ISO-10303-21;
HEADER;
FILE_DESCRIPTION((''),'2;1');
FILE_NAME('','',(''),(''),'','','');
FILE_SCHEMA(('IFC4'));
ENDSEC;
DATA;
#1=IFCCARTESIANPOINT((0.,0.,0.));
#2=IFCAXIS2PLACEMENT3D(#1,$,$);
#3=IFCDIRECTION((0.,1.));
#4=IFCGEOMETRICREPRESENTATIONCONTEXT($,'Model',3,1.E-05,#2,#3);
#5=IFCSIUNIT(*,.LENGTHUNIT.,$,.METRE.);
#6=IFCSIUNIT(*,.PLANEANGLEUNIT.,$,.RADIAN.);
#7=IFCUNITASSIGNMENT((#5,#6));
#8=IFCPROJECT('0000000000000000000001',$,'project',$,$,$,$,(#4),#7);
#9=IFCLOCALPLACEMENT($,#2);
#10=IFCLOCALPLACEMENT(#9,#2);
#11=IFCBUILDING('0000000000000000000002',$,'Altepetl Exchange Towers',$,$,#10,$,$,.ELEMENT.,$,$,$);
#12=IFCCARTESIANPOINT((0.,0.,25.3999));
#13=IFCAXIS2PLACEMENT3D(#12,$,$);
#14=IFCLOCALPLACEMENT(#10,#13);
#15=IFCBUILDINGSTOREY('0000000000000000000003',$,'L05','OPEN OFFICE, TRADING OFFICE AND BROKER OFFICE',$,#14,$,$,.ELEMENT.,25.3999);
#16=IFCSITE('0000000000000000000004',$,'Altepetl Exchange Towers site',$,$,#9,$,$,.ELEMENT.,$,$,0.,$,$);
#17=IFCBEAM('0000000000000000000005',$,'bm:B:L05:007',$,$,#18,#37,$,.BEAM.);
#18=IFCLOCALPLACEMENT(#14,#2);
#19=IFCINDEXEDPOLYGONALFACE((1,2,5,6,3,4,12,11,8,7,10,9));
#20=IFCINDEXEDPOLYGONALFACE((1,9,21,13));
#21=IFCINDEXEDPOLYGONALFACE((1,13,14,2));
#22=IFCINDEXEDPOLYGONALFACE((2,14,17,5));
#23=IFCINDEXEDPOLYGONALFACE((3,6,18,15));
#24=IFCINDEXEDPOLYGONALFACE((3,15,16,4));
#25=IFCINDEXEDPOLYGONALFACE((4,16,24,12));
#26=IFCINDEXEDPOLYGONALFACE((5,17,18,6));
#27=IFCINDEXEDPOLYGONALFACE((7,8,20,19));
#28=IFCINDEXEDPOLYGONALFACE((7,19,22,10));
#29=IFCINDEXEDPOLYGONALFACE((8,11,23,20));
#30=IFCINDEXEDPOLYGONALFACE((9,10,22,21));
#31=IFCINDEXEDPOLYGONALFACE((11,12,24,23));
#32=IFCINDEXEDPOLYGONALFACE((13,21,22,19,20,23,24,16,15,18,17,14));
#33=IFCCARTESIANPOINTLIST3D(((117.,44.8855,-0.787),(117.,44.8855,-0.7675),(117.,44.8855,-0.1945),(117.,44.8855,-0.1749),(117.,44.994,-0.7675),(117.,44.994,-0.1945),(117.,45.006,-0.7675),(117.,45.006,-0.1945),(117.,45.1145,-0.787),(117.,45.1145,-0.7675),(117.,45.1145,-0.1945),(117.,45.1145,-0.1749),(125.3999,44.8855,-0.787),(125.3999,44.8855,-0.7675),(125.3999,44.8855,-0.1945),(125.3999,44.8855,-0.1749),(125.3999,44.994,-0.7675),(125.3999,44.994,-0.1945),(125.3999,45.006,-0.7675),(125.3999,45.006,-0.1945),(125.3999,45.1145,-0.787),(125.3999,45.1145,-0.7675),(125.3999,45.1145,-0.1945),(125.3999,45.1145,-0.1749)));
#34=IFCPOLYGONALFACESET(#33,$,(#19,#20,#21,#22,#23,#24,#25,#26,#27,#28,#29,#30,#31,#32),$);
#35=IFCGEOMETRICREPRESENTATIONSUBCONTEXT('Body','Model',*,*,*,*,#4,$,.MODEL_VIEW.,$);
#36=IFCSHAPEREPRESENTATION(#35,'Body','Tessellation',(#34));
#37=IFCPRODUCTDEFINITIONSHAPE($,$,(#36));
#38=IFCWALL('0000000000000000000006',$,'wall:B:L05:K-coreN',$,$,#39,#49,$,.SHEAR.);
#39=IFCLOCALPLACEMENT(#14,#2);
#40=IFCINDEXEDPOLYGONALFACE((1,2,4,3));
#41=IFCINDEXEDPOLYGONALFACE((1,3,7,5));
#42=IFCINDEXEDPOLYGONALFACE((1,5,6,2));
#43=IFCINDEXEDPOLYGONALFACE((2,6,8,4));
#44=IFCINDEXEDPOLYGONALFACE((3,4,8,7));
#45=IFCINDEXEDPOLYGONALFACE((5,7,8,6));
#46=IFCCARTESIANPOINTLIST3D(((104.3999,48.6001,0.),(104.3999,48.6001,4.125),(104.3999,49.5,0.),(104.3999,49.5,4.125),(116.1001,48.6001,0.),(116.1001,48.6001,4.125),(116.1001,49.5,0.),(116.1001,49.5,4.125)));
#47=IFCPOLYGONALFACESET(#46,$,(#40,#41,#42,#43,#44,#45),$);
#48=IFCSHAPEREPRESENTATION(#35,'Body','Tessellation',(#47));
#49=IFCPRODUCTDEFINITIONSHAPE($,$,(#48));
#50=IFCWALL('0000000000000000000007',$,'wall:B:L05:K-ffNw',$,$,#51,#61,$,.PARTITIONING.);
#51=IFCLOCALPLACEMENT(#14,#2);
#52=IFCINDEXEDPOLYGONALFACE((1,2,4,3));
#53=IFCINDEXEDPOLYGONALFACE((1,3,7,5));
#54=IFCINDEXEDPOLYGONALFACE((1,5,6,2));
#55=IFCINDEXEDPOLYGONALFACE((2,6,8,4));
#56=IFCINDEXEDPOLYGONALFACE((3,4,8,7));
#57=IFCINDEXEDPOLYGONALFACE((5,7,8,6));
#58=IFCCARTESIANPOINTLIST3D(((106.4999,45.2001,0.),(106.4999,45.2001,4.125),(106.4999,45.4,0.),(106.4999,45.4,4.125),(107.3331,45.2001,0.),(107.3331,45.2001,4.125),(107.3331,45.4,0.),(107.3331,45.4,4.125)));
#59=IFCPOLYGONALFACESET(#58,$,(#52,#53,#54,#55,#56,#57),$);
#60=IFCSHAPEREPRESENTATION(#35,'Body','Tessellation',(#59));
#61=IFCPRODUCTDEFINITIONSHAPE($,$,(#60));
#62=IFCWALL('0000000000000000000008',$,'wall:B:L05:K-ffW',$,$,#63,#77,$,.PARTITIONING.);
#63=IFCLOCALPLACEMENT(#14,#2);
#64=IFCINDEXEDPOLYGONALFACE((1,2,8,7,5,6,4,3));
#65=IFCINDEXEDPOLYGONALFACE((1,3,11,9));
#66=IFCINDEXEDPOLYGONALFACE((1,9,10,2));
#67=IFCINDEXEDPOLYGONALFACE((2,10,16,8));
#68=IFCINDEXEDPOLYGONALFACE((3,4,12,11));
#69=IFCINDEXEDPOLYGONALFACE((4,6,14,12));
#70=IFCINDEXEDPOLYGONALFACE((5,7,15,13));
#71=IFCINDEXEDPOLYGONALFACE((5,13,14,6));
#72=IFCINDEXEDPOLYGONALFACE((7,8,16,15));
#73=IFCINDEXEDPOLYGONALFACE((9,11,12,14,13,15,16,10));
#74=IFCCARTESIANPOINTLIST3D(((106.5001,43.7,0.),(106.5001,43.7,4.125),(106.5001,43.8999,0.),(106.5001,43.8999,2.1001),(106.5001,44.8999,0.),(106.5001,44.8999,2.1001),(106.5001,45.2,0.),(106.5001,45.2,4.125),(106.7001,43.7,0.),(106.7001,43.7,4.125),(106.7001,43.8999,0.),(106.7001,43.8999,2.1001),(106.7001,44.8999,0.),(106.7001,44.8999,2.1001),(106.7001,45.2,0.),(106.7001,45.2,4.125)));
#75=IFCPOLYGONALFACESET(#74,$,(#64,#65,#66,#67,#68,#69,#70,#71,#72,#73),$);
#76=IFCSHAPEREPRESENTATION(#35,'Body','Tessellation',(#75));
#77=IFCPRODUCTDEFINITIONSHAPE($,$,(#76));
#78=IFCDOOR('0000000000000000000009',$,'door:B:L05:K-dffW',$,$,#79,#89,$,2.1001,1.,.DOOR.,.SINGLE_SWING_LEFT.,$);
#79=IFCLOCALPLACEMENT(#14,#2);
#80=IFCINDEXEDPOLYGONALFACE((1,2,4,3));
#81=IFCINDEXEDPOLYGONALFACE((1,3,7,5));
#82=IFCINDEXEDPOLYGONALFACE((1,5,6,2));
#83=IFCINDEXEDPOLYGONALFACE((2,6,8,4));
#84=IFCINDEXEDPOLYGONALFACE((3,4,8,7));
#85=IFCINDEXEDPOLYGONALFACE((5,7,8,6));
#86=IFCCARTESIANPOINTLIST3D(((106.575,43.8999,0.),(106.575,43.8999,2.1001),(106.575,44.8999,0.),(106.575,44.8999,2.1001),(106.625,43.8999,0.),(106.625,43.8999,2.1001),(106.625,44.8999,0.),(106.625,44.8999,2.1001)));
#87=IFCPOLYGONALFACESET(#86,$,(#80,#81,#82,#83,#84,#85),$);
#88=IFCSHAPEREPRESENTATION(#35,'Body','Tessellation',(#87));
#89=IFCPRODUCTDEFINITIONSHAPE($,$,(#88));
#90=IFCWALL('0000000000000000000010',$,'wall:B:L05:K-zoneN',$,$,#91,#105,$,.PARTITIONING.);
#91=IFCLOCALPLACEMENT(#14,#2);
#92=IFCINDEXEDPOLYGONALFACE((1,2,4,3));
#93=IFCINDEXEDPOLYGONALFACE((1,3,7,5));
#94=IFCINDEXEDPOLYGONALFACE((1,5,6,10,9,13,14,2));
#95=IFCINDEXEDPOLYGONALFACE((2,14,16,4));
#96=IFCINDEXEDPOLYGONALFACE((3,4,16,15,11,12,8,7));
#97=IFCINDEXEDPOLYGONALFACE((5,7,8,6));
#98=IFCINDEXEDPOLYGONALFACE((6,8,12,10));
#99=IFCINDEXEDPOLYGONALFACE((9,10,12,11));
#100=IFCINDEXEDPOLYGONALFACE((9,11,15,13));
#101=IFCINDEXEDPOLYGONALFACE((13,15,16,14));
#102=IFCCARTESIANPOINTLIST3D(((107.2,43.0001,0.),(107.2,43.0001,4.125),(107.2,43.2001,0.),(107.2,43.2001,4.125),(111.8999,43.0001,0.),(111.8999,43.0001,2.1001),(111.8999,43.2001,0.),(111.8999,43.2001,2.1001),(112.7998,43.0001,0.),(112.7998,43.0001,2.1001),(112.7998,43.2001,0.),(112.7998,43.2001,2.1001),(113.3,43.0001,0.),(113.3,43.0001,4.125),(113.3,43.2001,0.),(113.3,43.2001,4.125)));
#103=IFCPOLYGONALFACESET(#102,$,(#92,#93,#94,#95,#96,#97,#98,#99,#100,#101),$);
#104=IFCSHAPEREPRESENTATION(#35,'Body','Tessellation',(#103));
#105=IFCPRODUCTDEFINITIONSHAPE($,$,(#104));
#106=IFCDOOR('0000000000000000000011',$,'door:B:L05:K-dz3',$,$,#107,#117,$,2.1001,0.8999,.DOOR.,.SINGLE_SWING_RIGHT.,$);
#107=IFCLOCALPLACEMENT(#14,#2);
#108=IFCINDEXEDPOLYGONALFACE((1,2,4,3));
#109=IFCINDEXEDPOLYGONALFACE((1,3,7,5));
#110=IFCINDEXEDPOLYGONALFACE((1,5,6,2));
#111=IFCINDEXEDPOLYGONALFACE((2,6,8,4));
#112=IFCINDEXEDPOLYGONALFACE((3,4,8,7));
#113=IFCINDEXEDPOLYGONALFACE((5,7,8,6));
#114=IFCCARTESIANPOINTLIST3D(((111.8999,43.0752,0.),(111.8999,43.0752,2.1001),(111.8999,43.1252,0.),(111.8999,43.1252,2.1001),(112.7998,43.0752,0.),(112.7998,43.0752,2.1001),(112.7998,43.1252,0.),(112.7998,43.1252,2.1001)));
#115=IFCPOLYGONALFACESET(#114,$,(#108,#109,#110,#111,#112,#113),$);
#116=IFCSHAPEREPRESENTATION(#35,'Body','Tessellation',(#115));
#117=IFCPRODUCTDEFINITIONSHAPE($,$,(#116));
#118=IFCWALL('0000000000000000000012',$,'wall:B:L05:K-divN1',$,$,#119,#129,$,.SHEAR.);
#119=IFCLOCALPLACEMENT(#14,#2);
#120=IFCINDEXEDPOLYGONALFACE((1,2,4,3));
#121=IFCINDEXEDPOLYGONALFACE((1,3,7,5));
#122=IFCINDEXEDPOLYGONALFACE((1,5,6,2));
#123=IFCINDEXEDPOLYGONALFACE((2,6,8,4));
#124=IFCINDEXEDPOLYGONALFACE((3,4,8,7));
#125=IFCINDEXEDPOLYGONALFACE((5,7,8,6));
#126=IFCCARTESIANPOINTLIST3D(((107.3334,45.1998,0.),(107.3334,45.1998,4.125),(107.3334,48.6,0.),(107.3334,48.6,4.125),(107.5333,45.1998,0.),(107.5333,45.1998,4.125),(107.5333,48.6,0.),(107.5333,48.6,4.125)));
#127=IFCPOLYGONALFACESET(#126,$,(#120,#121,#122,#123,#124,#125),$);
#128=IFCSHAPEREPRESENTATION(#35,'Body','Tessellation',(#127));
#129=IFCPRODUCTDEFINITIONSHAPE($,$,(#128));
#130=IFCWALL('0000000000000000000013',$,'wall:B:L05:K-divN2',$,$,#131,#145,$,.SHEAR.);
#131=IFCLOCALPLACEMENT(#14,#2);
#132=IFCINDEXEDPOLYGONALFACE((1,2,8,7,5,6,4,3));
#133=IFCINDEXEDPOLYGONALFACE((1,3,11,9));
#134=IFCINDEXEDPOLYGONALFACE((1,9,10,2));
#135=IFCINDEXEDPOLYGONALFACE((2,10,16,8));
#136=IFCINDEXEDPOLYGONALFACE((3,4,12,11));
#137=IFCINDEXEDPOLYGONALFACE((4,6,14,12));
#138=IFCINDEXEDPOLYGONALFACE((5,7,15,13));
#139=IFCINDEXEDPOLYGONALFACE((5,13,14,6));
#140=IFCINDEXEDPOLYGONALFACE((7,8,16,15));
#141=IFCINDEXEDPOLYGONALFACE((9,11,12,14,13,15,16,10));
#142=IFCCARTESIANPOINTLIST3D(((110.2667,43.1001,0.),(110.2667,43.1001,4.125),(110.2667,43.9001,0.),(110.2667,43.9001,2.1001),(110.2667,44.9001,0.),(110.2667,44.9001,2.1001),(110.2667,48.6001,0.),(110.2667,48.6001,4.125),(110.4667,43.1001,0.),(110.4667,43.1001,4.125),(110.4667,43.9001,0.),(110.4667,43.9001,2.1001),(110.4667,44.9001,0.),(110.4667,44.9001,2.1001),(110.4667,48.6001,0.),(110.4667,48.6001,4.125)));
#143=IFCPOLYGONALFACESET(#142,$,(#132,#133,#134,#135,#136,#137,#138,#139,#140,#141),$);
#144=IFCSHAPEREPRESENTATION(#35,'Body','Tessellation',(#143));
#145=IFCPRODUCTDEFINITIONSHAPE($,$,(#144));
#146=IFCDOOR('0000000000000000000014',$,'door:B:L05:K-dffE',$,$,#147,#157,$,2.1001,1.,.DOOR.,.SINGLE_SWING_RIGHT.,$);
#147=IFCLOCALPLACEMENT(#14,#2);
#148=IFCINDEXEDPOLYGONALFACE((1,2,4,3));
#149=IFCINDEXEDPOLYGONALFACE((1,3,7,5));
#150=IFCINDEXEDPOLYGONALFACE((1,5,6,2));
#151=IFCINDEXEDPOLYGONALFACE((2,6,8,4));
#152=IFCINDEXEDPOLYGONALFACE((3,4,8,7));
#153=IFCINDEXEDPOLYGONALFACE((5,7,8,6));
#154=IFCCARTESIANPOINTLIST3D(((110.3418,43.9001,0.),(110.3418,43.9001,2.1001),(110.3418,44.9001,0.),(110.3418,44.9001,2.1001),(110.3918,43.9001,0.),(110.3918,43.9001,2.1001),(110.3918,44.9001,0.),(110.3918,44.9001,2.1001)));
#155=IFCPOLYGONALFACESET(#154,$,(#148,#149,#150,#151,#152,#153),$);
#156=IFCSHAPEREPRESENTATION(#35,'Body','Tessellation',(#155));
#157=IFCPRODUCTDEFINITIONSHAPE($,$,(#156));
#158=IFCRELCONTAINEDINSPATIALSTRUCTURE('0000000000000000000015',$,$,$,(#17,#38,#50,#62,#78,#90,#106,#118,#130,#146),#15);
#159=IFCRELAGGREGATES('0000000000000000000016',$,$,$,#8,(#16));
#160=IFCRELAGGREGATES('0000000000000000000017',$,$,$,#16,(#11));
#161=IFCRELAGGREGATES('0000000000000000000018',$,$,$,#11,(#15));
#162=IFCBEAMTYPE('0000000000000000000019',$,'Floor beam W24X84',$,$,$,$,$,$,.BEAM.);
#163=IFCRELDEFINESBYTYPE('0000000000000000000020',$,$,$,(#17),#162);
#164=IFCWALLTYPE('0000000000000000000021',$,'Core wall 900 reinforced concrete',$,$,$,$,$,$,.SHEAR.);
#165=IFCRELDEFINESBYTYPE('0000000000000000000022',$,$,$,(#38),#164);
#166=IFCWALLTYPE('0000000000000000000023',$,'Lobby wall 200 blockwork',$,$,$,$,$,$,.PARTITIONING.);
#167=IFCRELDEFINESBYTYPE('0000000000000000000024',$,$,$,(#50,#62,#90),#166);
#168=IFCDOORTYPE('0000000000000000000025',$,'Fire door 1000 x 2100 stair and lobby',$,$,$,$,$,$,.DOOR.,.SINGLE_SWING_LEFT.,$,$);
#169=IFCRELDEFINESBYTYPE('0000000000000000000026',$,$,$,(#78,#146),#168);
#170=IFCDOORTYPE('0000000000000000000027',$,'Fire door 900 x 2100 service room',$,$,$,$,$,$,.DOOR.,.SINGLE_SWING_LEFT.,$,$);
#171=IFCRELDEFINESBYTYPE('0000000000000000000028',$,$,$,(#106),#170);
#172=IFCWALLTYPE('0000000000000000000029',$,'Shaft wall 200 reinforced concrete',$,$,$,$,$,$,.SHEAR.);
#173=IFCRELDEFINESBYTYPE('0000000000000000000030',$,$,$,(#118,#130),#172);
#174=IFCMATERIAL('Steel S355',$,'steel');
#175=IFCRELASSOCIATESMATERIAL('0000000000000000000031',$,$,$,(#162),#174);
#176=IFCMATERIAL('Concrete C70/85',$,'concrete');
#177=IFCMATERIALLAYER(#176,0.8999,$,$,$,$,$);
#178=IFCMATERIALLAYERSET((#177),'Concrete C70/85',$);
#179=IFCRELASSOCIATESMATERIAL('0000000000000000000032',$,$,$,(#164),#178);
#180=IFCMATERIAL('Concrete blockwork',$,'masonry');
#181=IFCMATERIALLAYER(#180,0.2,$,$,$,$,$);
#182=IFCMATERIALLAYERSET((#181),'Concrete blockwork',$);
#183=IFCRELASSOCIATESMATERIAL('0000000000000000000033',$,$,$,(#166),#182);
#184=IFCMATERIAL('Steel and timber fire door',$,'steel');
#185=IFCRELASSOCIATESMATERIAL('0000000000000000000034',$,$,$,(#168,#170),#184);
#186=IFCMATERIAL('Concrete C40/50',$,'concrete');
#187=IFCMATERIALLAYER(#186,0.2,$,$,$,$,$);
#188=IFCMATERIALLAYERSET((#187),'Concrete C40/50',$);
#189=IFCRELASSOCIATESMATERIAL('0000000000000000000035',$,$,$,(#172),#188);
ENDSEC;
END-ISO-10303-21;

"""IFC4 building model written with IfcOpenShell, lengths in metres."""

from ifc_helpers import new_model, si_unit, direction, frame, frame_2d, origin, origin_2d, place, context, subcontext, project, spatial, rectangle, i_section, extrude, material, layer, layer_set, material_profile, profile_set, type_object, element, fill, save


model = new_model("IFC4")

# Units and contexts
model_context = context("Model", 3, precision=1e-05, world=origin(), true_north=direction((0.0, 1.0)))
body_context = subcontext(model_context, "Body", "Model", "MODEL_VIEW")
ifc_project = project(units=[si_unit("LENGTHUNIT", "METRE"), si_unit("PLANEANGLEUNIT", "RADIAN")], contexts=[model_context])

# Site, building, storey
site_placement = place(None, origin())
site = spatial("IfcSite", under=ifc_project, at=site_placement, Name="Altepetl Exchange Towers site", CompositionType="ELEMENT", RefElevation=0.0)
building_placement = place(site_placement, origin())
building = spatial("IfcBuilding", under=site, at=building_placement, Name="Altepetl Exchange Towers", CompositionType="ELEMENT")
storey_placement = place(building_placement, frame((0.0, 0.0, 25.3999)))
storey = spatial("IfcBuildingStorey", under=building, at=storey_placement, Name="L05", Description="OPEN OFFICE, TRADING OFFICE AND BROKER OFFICE", CompositionType="ELEMENT", Elevation=25.3999)

# Beam
ifc_material_1 = material(Name="Steel S355", Category="steel")
ifc_material_profile = material_profile(ifc_material_1, i_section(OverallWidth=0.229, OverallDepth=0.6121, WebThickness=0.012, FlangeThickness=0.0195, at=origin_2d()), Name="W24X84")
ifc_profile_set = profile_set([ifc_material_profile], Name="Steel S355")
beam_type = type_object("IfcBeamType", Name="Floor beam W24X84", PredefinedType="BEAM", material=ifc_profile_set)
beam_placement = place(storey_placement, frame((117.0, 45.0, -0.481), z_axis=(1.0, 0.0, 0.0), x_axis=(0.0, 1.0, 0.0)))
element("IfcBeam", 1, at=beam_placement, inside=storey, type_object=beam_type, Name="bm:B:L05:007", PredefinedType="BEAM", context=body_context, shape_type="SweptSolid", body=[
    extrude(i_section(OverallWidth=0.229, OverallDepth=0.6121, WebThickness=0.012, FlangeThickness=0.0195, at=origin_2d()), origin(), (0.0, 0.0, 1.0), 8.3999),
])

# Walls
ifc_material_2 = material(Name="Concrete C70/85", Category="concrete")
ifc_layer_1 = layer(ifc_material_2, 0.8999)
ifc_layer_set_1 = layer_set([ifc_layer_1], Name="Concrete C70/85")
wall_type_1 = type_object("IfcWallType", Name="Core wall 900 reinforced concrete", PredefinedType="SHEAR", material=ifc_layer_set_1)
wall_1_placement = place(storey_placement, frame((104.3999, 49.05, 0.0)))
element("IfcWall", 2, at=wall_1_placement, inside=storey, type_object=wall_type_1, Name="wall:B:L05:K-coreN", PredefinedType="SHEAR", context=body_context, shape_type="SweptSolid", body=[
    extrude(rectangle(XDim=11.7002, YDim=0.8999, at=frame_2d((5.8501, 0.0))), origin(), (0.0, 0.0, 1.0), 4.125),
])
ifc_material_3 = material(Name="Concrete blockwork", Category="masonry")
ifc_layer_2 = layer(ifc_material_3, 0.2)
ifc_layer_set_2 = layer_set([ifc_layer_2], Name="Concrete blockwork")
wall_type_2 = type_object("IfcWallType", Name="Lobby wall 200 blockwork", PredefinedType="PARTITIONING", material=ifc_layer_set_2)
wall_2_placement = place(storey_placement, frame((106.5, 45.3, 0.0)))
element("IfcWall", 3, at=wall_2_placement, inside=storey, type_object=wall_type_2, Name="wall:B:L05:K-ffNw", PredefinedType="PARTITIONING", context=body_context, shape_type="SweptSolid", body=[
    extrude(rectangle(XDim=0.8333, YDim=0.2, at=frame_2d((0.4165, 0.0))), origin(), (0.0, 0.0, 1.0), 4.125),
])

# Walls, openings, doors
wall_3_placement = place(storey_placement, frame((106.6001, 43.7, 0.0), z_axis=(0.0, 0.0, 1.0), x_axis=(0.0, 1.0, 0.0)))
wall_3 = element("IfcWall", 4, at=wall_3_placement, inside=storey, type_object=wall_type_2, Name="wall:B:L05:K-ffW", PredefinedType="PARTITIONING", context=body_context, shape_type="SweptSolid", body=[
    extrude(rectangle(XDim=1.5, YDim=0.2, at=frame_2d((0.75, 0.0))), origin(), (0.0, 0.0, 1.0), 4.125),
])
opening_1_placement = place(wall_3_placement, frame((0.2, 0.0, 0.0)))
opening_1 = element("IfcOpeningElement", 5, at=opening_1_placement, cuts=wall_3, PredefinedType="OPENING", context=body_context, shape_type="SweptSolid", body=[
    extrude(rectangle(XDim=1.0, YDim=2.1001, at=frame_2d((0.5, 1.05))), frame((0.0, 0.1099, 0.0), z_axis=(0.0, -1.0, 0.0), x_axis=(1.0, 0.0, 0.0)), (0.0, 0.0, 1.0), 0.22),
])
ifc_material_4 = material(Name="Steel and timber fire door", Category="steel")
door_type_1 = type_object("IfcDoorType", Name="Fire door 1000 x 2100 stair and lobby", OperationType="SINGLE_SWING_LEFT", PredefinedType="DOOR", material=ifc_material_4)
door_1_placement = place(opening_1_placement, frame((1.0, 0.0, 0.0), x_axis=(-1.0, 0.0, 0.0)))
door_1 = element("IfcDoor", 6, at=door_1_placement, inside=storey, type_object=door_type_1, Name="door:B:L05:K-dffW", OperationType="SINGLE_SWING_LEFT", OverallHeight=2.1001, OverallWidth=1.0, PredefinedType="DOOR", context=body_context, shape_type="SweptSolid", body=[
    extrude(rectangle(XDim=1.0, YDim=2.1001, at=frame_2d((0.5, 1.05))), frame((0.0, 0.0249, 0.0), z_axis=(0.0, -1.0, 0.0), x_axis=(1.0, 0.0, 0.0)), (0.0, 0.0, 1.0), 0.05),
])
fill(opening_1, door_1)
wall_4_placement = place(storey_placement, frame((107.2, 43.1001, 0.0)))
wall_4 = element("IfcWall", 7, at=wall_4_placement, inside=storey, type_object=wall_type_2, Name="wall:B:L05:K-zoneN", PredefinedType="PARTITIONING", context=body_context, shape_type="SweptSolid", body=[
    extrude(rectangle(XDim=6.1001, YDim=0.2, at=frame_2d((3.05, 0.0))), origin(), (0.0, 0.0, 1.0), 4.125),
])
opening_2_placement = place(wall_4_placement, frame((4.7, 0.0, 0.0)))
opening_2 = element("IfcOpeningElement", 8, at=opening_2_placement, cuts=wall_4, PredefinedType="OPENING", context=body_context, shape_type="SweptSolid", body=[
    extrude(rectangle(XDim=0.8999, YDim=2.1001, at=frame_2d((0.45, 1.05))), frame((0.0, 0.1099, 0.0), z_axis=(0.0, -1.0, 0.0), x_axis=(1.0, 0.0, 0.0)), (0.0, 0.0, 1.0), 0.22),
])
door_type_2 = type_object("IfcDoorType", Name="Fire door 900 x 2100 service room", OperationType="SINGLE_SWING_LEFT", PredefinedType="DOOR", material=ifc_material_4)
door_2_placement = place(opening_2_placement, frame((0.8999, 0.0, 0.0), x_axis=(-1.0, 0.0, 0.0)))
door_2 = element("IfcDoor", 9, at=door_2_placement, inside=storey, type_object=door_type_2, Name="door:B:L05:K-dz3", OperationType="SINGLE_SWING_RIGHT", OverallHeight=2.1001, OverallWidth=0.8999, PredefinedType="DOOR", context=body_context, shape_type="SweptSolid", body=[
    extrude(rectangle(XDim=0.8999, YDim=2.1001, at=frame_2d((0.45, 1.05))), frame((0.0, 0.0249, 0.0), z_axis=(0.0, -1.0, 0.0), x_axis=(1.0, 0.0, 0.0)), (0.0, 0.0, 1.0), 0.05),
])
fill(opening_2, door_2)

# Wall
ifc_material_5 = material(Name="Concrete C40/50", Category="concrete")
ifc_layer_3 = layer(ifc_material_5, 0.2)
ifc_layer_set_3 = layer_set([ifc_layer_3], Name="Concrete C40/50")
wall_type_3 = type_object("IfcWallType", Name="Shaft wall 200 reinforced concrete", PredefinedType="SHEAR", material=ifc_layer_set_3)
wall_5_placement = place(storey_placement, frame((107.4333, 48.6001, 0.0), z_axis=(0.0, 0.0, 1.0), x_axis=(0.0, -1.0, 0.0)))
element("IfcWall", 10, at=wall_5_placement, inside=storey, type_object=wall_type_3, Name="wall:B:L05:K-divN1", PredefinedType="SHEAR", context=body_context, shape_type="SweptSolid", body=[
    extrude(rectangle(XDim=3.4001, YDim=0.2, at=frame_2d((1.7002, 0.0))), origin(), (0.0, 0.0, 1.0), 4.125),
])

# Wall, opening, door
wall_6_placement = place(storey_placement, frame((110.3667, 48.6001, 0.0), z_axis=(0.0, 0.0, 1.0), x_axis=(0.0, -1.0, 0.0)))
wall_6 = element("IfcWall", 11, at=wall_6_placement, inside=storey, type_object=wall_type_3, Name="wall:B:L05:K-divN2", PredefinedType="SHEAR", context=body_context, shape_type="SweptSolid", body=[
    extrude(rectangle(XDim=5.5, YDim=0.2, at=frame_2d((2.75, 0.0))), origin(), (0.0, 0.0, 1.0), 4.125),
])
opening_3_placement = place(wall_6_placement, frame((3.7, 0.0, 0.0)))
opening_3 = element("IfcOpeningElement", 12, at=opening_3_placement, cuts=wall_6, PredefinedType="OPENING", context=body_context, shape_type="SweptSolid", body=[
    extrude(rectangle(XDim=1.0, YDim=2.1001, at=frame_2d((0.5, 1.05))), frame((0.0, 0.1099, 0.0), z_axis=(0.0, -1.0, 0.0), x_axis=(1.0, 0.0, 0.0)), (0.0, 0.0, 1.0), 0.22),
])
door_3_placement = place(opening_3_placement, frame((1.0, 0.0, 0.0), x_axis=(-1.0, 0.0, 0.0)))
door_3 = element("IfcDoor", 13, at=door_3_placement, inside=storey, type_object=door_type_1, Name="door:B:L05:K-dffE", OperationType="SINGLE_SWING_RIGHT", OverallHeight=2.1001, OverallWidth=1.0, PredefinedType="DOOR", context=body_context, shape_type="SweptSolid", body=[
    extrude(rectangle(XDim=1.0, YDim=2.1001, at=frame_2d((0.5, 1.05))), frame((0.0, 0.0249, 0.0), z_axis=(0.0, -1.0, 0.0), x_axis=(1.0, 0.0, 0.0)), (0.0, 0.0, 1.0), 0.05),
])
fill(opening_3, door_3)

save(model, "model.ifc")
